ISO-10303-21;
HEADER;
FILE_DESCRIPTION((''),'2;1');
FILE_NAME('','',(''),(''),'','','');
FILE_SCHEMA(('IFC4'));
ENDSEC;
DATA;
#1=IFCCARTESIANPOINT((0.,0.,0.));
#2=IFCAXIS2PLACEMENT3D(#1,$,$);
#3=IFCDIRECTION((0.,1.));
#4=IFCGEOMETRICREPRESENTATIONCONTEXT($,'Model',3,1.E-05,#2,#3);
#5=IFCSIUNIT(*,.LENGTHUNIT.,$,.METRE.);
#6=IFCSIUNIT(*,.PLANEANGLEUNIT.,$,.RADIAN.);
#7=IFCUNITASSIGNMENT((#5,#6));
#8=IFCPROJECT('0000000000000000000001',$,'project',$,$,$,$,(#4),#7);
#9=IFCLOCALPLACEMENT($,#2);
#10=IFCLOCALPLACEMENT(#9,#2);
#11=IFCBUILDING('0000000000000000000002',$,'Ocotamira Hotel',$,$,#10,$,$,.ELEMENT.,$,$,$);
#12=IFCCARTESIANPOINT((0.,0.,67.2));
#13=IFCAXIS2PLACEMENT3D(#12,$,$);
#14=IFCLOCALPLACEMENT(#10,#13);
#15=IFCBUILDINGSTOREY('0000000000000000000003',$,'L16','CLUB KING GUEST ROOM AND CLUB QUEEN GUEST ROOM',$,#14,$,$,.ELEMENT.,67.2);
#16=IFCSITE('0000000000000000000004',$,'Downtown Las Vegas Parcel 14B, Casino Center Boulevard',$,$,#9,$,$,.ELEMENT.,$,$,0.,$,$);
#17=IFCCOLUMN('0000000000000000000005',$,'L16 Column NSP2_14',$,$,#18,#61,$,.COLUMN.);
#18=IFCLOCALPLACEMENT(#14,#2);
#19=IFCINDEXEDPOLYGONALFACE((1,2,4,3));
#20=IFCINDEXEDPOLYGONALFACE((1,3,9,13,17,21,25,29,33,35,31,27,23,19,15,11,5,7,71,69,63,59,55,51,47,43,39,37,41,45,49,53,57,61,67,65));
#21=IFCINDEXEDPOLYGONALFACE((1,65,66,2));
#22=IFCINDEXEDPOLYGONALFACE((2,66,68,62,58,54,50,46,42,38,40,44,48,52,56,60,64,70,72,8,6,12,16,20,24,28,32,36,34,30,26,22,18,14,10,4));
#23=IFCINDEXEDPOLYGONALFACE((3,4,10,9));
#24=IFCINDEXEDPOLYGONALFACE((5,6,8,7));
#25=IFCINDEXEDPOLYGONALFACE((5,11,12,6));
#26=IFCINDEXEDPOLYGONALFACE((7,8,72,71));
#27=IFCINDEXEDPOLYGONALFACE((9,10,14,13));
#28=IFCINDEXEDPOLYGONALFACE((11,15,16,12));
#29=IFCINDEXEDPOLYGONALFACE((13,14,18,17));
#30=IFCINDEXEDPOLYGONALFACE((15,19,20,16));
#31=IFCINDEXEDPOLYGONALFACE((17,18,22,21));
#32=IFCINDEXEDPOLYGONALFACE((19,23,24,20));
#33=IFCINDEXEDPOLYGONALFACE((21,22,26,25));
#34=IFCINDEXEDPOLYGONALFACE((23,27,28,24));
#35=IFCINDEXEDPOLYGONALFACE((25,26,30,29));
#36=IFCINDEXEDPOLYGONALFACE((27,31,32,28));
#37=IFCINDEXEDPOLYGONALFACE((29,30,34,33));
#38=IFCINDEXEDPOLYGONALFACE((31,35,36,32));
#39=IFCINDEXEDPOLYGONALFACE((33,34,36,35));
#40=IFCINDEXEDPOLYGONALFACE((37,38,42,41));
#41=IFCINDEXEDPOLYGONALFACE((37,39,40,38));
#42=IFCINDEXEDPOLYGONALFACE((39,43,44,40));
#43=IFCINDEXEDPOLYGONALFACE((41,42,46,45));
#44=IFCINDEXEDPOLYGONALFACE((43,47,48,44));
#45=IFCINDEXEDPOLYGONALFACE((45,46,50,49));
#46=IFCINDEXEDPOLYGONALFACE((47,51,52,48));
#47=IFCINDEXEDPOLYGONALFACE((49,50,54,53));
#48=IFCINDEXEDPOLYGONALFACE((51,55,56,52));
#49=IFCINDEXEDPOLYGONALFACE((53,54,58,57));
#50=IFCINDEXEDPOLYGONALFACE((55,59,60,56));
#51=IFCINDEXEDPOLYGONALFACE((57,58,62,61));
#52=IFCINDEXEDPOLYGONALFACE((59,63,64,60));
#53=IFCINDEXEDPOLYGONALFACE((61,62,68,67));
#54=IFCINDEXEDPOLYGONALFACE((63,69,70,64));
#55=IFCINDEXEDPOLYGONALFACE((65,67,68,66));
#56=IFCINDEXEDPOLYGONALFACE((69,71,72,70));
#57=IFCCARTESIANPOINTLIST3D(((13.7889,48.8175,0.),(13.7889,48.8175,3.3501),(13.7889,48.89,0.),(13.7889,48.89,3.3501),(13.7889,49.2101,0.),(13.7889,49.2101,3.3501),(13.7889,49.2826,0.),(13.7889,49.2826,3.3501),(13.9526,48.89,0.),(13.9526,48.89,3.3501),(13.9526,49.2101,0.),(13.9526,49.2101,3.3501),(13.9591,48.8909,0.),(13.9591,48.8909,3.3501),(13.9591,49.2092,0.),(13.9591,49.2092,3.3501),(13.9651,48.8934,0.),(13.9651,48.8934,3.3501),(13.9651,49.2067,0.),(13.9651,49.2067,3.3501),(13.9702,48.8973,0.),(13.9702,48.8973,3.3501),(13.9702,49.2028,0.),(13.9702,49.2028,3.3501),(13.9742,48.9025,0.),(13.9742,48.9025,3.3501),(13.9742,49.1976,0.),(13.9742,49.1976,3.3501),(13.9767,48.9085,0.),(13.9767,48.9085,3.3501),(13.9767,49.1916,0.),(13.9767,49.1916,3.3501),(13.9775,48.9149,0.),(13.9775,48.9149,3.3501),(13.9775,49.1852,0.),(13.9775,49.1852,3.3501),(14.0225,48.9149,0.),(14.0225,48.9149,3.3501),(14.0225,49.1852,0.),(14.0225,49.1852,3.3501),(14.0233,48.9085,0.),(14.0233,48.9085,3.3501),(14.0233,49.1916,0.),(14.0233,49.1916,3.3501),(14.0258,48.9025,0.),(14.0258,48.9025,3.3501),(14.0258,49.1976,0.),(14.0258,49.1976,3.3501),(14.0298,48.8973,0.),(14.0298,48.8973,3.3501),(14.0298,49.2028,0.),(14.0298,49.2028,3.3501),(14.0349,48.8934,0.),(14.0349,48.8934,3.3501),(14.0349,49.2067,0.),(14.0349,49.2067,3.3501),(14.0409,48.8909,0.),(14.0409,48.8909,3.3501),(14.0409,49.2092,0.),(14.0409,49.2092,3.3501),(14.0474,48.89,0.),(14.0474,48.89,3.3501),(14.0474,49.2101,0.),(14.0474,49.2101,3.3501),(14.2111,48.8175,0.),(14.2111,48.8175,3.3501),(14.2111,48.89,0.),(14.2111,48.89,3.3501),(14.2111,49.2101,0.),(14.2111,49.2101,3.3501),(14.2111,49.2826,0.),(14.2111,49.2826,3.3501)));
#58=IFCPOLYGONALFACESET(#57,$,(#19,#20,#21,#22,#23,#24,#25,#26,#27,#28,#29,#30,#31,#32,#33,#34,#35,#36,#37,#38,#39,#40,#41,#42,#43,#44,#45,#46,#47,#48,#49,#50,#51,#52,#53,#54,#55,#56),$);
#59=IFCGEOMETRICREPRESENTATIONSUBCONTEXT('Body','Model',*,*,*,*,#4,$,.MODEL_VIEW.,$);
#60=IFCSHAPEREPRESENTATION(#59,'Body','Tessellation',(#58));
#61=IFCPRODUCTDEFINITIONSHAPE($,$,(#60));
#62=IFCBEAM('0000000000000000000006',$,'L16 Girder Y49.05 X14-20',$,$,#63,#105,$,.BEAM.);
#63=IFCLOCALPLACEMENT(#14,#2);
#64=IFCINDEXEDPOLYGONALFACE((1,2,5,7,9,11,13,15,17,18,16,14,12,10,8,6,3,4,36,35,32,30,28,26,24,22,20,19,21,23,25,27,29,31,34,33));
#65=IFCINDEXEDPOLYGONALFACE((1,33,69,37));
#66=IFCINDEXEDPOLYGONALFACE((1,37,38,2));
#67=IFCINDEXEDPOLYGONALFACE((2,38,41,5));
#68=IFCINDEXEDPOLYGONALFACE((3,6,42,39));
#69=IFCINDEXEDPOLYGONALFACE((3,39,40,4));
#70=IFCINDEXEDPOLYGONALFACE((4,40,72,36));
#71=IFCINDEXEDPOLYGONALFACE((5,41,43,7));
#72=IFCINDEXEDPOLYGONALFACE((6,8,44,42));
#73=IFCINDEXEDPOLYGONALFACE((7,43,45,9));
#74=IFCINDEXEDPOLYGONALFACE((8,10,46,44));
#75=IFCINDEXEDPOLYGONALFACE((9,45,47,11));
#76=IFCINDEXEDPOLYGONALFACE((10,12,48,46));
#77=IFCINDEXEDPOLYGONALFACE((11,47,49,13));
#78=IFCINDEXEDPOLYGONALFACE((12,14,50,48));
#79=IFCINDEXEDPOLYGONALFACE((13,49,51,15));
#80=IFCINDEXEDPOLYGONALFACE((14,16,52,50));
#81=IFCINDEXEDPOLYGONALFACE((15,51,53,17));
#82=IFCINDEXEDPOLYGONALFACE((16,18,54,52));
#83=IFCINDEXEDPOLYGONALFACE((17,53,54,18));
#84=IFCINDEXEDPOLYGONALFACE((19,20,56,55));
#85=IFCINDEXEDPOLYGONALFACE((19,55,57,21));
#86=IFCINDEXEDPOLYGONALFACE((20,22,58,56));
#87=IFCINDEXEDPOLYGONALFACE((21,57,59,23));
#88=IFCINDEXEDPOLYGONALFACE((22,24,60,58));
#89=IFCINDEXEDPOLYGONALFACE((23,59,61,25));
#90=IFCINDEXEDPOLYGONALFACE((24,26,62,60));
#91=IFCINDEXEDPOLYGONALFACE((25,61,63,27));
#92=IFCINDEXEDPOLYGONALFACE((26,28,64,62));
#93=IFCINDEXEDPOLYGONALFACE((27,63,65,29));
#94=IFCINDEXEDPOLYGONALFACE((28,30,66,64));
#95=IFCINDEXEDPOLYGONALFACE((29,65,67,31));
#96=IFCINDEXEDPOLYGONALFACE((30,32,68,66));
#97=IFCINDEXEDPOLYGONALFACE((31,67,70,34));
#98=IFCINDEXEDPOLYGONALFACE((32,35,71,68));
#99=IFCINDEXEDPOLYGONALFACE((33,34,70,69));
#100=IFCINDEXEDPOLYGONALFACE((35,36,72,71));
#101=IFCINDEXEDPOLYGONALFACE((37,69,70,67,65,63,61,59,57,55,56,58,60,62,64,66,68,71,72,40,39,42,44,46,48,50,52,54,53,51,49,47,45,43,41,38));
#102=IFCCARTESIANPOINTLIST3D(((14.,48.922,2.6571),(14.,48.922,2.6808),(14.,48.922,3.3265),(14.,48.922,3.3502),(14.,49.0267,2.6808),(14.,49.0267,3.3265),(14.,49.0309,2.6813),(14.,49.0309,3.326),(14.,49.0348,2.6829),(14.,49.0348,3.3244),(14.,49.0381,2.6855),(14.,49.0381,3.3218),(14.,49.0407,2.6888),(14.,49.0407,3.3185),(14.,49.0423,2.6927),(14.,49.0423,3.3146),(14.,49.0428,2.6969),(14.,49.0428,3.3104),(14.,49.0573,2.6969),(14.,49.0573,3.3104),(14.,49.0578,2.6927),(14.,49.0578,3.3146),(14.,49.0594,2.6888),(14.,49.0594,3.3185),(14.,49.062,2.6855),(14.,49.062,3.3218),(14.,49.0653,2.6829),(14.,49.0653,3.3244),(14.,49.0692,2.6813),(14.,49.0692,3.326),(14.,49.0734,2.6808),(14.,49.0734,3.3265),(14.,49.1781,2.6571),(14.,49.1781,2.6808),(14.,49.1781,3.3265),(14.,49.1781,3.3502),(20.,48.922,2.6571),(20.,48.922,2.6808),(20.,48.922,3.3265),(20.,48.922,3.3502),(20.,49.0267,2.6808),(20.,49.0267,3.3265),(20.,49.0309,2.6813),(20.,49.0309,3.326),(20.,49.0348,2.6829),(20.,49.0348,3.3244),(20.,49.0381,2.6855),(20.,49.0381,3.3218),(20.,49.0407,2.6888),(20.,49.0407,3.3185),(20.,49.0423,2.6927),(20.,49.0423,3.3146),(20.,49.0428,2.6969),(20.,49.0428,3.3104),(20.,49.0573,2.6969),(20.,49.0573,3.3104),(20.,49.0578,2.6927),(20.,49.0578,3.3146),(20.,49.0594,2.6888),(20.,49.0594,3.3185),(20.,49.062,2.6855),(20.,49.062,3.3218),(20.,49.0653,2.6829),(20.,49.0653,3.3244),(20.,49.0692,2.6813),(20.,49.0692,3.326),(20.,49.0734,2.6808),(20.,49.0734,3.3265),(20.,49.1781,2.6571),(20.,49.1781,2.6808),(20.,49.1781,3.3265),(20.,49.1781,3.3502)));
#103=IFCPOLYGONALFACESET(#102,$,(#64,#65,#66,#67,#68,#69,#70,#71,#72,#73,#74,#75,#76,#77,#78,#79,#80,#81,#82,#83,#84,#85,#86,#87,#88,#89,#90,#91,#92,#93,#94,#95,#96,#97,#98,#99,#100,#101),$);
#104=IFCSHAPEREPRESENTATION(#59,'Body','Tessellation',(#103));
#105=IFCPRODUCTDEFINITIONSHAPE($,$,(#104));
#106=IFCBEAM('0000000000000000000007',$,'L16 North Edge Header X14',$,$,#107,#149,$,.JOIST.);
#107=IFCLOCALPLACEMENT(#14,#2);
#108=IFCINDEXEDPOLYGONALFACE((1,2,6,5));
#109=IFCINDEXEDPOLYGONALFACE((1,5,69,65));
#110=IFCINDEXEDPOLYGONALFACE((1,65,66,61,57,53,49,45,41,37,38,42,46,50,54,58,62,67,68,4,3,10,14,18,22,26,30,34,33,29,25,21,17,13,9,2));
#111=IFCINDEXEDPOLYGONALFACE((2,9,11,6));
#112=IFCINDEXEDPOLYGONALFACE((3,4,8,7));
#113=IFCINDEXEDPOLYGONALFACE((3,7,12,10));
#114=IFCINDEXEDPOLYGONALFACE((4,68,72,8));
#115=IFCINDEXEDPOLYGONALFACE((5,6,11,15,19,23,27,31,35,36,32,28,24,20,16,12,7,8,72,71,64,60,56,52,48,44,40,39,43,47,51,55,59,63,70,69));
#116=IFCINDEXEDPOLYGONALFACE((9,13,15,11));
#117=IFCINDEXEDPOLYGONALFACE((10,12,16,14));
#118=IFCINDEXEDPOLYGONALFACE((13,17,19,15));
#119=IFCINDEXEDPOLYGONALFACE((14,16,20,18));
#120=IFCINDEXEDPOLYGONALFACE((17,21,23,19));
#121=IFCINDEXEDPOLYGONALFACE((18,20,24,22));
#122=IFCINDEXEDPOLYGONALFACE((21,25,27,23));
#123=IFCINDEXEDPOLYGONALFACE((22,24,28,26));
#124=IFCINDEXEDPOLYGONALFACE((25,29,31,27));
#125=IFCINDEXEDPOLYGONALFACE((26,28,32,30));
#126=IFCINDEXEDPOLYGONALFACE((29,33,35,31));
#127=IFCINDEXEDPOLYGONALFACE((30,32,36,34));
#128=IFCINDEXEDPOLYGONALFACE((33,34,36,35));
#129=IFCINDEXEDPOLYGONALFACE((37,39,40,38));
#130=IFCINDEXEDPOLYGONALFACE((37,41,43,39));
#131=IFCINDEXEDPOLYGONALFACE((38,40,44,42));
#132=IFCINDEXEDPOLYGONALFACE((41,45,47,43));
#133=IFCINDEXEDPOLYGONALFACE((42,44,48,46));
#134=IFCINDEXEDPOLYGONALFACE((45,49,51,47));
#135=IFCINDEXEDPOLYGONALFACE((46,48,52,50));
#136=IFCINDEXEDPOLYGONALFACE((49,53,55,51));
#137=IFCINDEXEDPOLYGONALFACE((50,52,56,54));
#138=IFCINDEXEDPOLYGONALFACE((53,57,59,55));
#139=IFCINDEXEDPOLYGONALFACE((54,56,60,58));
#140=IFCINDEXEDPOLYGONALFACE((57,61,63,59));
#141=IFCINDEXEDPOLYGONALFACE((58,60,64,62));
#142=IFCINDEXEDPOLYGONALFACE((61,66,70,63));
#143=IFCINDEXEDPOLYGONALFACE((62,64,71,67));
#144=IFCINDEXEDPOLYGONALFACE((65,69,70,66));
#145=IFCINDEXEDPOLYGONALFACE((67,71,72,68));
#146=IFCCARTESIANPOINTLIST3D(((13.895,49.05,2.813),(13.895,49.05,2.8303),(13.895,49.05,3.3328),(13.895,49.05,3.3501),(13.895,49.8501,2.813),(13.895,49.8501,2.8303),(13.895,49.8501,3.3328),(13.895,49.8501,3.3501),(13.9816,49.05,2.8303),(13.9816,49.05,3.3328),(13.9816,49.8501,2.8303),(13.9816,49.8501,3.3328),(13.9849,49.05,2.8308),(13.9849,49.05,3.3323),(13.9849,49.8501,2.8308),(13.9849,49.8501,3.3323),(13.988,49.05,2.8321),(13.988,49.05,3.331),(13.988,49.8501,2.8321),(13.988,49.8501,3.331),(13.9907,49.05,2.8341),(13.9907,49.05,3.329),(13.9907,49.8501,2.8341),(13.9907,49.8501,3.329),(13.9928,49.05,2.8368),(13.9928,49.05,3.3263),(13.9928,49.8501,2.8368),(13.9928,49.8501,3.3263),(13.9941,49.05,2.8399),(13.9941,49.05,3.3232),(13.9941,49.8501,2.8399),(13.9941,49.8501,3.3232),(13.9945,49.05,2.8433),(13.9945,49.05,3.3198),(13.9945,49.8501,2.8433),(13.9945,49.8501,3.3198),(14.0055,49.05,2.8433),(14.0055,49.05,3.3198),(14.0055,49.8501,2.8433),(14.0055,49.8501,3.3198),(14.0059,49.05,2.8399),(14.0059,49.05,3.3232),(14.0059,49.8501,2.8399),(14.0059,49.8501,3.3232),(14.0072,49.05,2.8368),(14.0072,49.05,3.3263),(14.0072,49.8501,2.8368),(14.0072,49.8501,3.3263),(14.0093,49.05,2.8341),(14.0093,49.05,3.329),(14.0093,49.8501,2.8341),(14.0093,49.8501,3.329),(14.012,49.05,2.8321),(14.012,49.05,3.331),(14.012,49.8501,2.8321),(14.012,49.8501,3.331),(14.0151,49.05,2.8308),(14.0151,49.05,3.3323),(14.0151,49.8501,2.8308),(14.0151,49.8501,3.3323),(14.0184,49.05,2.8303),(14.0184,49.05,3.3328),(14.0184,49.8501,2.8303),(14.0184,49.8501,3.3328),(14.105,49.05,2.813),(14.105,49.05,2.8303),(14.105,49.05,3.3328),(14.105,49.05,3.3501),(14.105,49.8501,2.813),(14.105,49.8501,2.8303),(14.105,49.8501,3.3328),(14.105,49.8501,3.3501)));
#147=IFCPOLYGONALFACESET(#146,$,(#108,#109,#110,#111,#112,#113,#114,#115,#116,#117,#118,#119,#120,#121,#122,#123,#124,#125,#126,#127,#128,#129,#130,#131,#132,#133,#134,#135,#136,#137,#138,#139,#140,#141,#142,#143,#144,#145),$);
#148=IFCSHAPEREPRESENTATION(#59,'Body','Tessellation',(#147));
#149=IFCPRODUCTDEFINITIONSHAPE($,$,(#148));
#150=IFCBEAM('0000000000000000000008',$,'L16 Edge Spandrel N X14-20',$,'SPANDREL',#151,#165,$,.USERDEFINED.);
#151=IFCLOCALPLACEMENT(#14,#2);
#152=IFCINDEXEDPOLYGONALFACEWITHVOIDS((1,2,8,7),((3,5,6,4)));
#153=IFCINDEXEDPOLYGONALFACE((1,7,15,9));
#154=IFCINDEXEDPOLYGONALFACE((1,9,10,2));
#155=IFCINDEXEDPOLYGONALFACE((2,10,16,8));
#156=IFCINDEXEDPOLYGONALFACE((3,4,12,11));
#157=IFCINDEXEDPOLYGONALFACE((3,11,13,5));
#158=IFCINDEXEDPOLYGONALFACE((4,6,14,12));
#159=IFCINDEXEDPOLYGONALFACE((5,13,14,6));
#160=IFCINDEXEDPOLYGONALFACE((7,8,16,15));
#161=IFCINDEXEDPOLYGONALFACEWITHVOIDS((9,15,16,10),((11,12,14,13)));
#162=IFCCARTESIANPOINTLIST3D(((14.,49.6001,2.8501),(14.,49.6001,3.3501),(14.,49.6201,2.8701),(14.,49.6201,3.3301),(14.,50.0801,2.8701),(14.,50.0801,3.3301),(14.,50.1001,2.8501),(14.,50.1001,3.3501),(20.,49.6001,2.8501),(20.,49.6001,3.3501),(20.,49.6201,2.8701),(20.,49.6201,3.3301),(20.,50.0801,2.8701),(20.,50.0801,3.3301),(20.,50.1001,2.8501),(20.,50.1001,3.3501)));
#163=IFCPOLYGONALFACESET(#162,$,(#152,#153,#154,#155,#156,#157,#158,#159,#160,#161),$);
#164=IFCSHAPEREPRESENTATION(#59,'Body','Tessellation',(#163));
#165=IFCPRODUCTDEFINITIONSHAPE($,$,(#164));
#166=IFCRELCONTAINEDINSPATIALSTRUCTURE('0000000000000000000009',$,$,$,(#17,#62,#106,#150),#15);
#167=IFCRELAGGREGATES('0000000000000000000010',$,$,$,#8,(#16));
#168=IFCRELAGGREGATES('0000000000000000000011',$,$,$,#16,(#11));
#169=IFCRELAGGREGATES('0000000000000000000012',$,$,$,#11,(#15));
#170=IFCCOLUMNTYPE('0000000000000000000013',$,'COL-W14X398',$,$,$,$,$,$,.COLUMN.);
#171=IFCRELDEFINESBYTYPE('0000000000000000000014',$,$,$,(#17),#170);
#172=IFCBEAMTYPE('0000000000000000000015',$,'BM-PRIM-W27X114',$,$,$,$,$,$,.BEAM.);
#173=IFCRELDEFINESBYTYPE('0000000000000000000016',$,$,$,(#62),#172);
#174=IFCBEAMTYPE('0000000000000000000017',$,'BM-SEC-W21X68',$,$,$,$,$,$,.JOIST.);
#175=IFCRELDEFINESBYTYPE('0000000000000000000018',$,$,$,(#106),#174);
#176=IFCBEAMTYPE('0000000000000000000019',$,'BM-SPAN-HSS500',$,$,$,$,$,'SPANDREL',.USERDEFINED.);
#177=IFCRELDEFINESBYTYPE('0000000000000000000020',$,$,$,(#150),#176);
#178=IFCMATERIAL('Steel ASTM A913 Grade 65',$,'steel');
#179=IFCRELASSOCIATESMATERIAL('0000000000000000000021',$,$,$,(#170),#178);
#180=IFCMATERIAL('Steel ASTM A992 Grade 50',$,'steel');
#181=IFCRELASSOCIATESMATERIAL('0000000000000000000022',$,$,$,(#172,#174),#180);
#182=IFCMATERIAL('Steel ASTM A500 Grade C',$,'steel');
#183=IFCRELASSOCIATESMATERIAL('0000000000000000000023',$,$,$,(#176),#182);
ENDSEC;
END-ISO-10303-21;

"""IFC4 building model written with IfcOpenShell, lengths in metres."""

from ifc_helpers import new_model, si_unit, direction, frame, origin, origin_2d, place, context, subcontext, project, spatial, hollow_rectangle, i_section, extrude, source, transform, mapped, material, material_profile, profile_set, type_object, element, save


model = new_model("IFC4")

# Units and contexts
model_context = context("Model", 3, precision=1e-05, world=origin(), true_north=direction((0.0, 1.0)))
body_context = subcontext(model_context, "Body", "Model", "MODEL_VIEW")
ifc_project = project(units=[si_unit("LENGTHUNIT", "METRE"), si_unit("PLANEANGLEUNIT", "RADIAN")], contexts=[model_context])

# Site, building, storey
site_placement = place(None, origin())
site = spatial("IfcSite", under=ifc_project, at=site_placement, Name="Downtown Las Vegas Parcel 14B, Casino Center Boulevard", CompositionType="ELEMENT", RefElevation=0.0)
building_placement = place(site_placement, origin())
building = spatial("IfcBuilding", under=site, at=building_placement, Name="Ocotamira Hotel", CompositionType="ELEMENT")
storey_placement = place(building_placement, frame((0.0, 0.0, 67.2)))
storey = spatial("IfcBuildingStorey", under=building, at=storey_placement, Name="L16", Description="CLUB KING GUEST ROOM AND CLUB QUEEN GUEST ROOM", CompositionType="ELEMENT", Elevation=67.2)

# Column
ifc_material_1 = material(Name="Steel ASTM A913 Grade 65", Category="steel")
ifc_material_profile_1 = material_profile(ifc_material_1, i_section(OverallWidth=0.4221, OverallDepth=0.4651, WebThickness=0.0449, FlangeThickness=0.0725, FilletRadius=0.0249, at=origin_2d()), Name="W14X398")
ifc_profile_set_1 = profile_set([ifc_material_profile_1], Name="Steel ASTM A913 Grade 65")
column_type = type_object("IfcColumnType", Name="COL-W14X398", PredefinedType="COLUMN", material=ifc_profile_set_1)
shared_shape_1 = source(origin(), body_context, "Body", "SweptSolid", [
    extrude(i_section(OverallWidth=0.4221, OverallDepth=0.4651, WebThickness=0.0449, FlangeThickness=0.0725, FilletRadius=0.0249, at=origin_2d()), origin(), (0.0, 0.0, 1.0), 3.3501),
])
column_placement = place(storey_placement, frame((14.0, 49.05, 0.0), z_axis=(0.0, 0.0, 1.0), x_axis=(1.0, 0.0, 0.0)))
element("IfcColumn", 1, at=column_placement, inside=storey, type_object=column_type, Name="L16 Column NSP2_14", PredefinedType="COLUMN", context=body_context, shape_type="MappedRepresentation", body=[
    mapped(shared_shape_1, transform((0.0, 0.0, 0.0), scale=1.0)),
])

# Beams
ifc_material_2 = material(Name="Steel ASTM A992 Grade 50", Category="steel")
ifc_material_profile_2 = material_profile(ifc_material_2, i_section(OverallWidth=0.2561, OverallDepth=0.6931, WebThickness=0.0144, FlangeThickness=0.0237, FilletRadius=0.0161, at=origin_2d()), Name="W27X114")
ifc_profile_set_2 = profile_set([ifc_material_profile_2], Name="Steel ASTM A992 Grade 50")
beam_type_1 = type_object("IfcBeamType", Name="BM-PRIM-W27X114", PredefinedType="BEAM", material=ifc_profile_set_2)
shared_shape_2 = source(origin(), body_context, "Body", "SweptSolid", [
    extrude(i_section(OverallWidth=0.2561, OverallDepth=0.6931, WebThickness=0.0144, FlangeThickness=0.0237, FilletRadius=0.0161, at=origin_2d()), origin(), (0.0, 0.0, 1.0), 6.0),
])
beam_1_placement = place(storey_placement, frame((14.0, 49.05, 3.0037), z_axis=(1.0, 0.0, 0.0), x_axis=(0.0, 1.0, 0.0)))
element("IfcBeam", 2, at=beam_1_placement, inside=storey, type_object=beam_type_1, Name="L16 Girder Y49.05 X14-20", PredefinedType="BEAM", context=body_context, shape_type="MappedRepresentation", body=[
    mapped(shared_shape_2, transform((0.0, 0.0, 0.0), scale=1.0)),
])
ifc_material_profile_3 = material_profile(ifc_material_2, i_section(OverallWidth=0.21, OverallDepth=0.5371, WebThickness=0.011, FlangeThickness=0.0173, FilletRadius=0.0129, at=origin_2d()), Name="W21X68")
ifc_profile_set_3 = profile_set([ifc_material_profile_3], Name="Steel ASTM A992 Grade 50")
beam_type_2 = type_object("IfcBeamType", Name="BM-SEC-W21X68", PredefinedType="JOIST", material=ifc_profile_set_3)
shared_shape_3 = source(origin(), body_context, "Body", "SweptSolid", [
    extrude(i_section(OverallWidth=0.21, OverallDepth=0.5371, WebThickness=0.011, FlangeThickness=0.0173, FilletRadius=0.0129, at=origin_2d()), origin(), (0.0, 0.0, 1.0), 0.8),
])
beam_2_placement = place(storey_placement, frame((14.0, 49.05, 3.0815), z_axis=(0.0, 1.0, 0.0), x_axis=(-1.0, 0.0, 0.0)))
element("IfcBeam", 3, at=beam_2_placement, inside=storey, type_object=beam_type_2, Name="L16 North Edge Header X14", PredefinedType="JOIST", context=body_context, shape_type="MappedRepresentation", body=[
    mapped(shared_shape_3, transform((0.0, 0.0, 0.0), scale=1.0)),
])
ifc_material_3 = material(Name="Steel ASTM A500 Grade C", Category="steel")
ifc_material_profile_4 = material_profile(ifc_material_3, hollow_rectangle(XDim=0.5, YDim=0.5, WallThickness=0.02, at=origin_2d()), Name="HSS500X500X20")
ifc_profile_set_4 = profile_set([ifc_material_profile_4], Name="Steel ASTM A500 Grade C")
beam_type_3 = type_object("IfcBeamType", Name="BM-SPAN-HSS500", ElementType="SPANDREL", PredefinedType="USERDEFINED", material=ifc_profile_set_4)
shared_shape_4 = source(origin(), body_context, "Body", "SweptSolid", [
    extrude(hollow_rectangle(XDim=0.5, YDim=0.5, WallThickness=0.02, at=origin_2d()), origin(), (0.0, 0.0, 1.0), 6.0),
])
beam_3_placement = place(storey_placement, frame((14.0, 49.8501, 3.1001), z_axis=(1.0, 0.0, 0.0), x_axis=(0.0, 1.0, 0.0)))
element("IfcBeam", 4, at=beam_3_placement, inside=storey, type_object=beam_type_3, Name="L16 Edge Spandrel N X14-20", ObjectType="SPANDREL", PredefinedType="USERDEFINED", context=body_context, shape_type="MappedRepresentation", body=[
    mapped(shared_shape_4, transform((0.0, 0.0, 0.0), scale=1.0)),
])

save(model, "model.ifc")
